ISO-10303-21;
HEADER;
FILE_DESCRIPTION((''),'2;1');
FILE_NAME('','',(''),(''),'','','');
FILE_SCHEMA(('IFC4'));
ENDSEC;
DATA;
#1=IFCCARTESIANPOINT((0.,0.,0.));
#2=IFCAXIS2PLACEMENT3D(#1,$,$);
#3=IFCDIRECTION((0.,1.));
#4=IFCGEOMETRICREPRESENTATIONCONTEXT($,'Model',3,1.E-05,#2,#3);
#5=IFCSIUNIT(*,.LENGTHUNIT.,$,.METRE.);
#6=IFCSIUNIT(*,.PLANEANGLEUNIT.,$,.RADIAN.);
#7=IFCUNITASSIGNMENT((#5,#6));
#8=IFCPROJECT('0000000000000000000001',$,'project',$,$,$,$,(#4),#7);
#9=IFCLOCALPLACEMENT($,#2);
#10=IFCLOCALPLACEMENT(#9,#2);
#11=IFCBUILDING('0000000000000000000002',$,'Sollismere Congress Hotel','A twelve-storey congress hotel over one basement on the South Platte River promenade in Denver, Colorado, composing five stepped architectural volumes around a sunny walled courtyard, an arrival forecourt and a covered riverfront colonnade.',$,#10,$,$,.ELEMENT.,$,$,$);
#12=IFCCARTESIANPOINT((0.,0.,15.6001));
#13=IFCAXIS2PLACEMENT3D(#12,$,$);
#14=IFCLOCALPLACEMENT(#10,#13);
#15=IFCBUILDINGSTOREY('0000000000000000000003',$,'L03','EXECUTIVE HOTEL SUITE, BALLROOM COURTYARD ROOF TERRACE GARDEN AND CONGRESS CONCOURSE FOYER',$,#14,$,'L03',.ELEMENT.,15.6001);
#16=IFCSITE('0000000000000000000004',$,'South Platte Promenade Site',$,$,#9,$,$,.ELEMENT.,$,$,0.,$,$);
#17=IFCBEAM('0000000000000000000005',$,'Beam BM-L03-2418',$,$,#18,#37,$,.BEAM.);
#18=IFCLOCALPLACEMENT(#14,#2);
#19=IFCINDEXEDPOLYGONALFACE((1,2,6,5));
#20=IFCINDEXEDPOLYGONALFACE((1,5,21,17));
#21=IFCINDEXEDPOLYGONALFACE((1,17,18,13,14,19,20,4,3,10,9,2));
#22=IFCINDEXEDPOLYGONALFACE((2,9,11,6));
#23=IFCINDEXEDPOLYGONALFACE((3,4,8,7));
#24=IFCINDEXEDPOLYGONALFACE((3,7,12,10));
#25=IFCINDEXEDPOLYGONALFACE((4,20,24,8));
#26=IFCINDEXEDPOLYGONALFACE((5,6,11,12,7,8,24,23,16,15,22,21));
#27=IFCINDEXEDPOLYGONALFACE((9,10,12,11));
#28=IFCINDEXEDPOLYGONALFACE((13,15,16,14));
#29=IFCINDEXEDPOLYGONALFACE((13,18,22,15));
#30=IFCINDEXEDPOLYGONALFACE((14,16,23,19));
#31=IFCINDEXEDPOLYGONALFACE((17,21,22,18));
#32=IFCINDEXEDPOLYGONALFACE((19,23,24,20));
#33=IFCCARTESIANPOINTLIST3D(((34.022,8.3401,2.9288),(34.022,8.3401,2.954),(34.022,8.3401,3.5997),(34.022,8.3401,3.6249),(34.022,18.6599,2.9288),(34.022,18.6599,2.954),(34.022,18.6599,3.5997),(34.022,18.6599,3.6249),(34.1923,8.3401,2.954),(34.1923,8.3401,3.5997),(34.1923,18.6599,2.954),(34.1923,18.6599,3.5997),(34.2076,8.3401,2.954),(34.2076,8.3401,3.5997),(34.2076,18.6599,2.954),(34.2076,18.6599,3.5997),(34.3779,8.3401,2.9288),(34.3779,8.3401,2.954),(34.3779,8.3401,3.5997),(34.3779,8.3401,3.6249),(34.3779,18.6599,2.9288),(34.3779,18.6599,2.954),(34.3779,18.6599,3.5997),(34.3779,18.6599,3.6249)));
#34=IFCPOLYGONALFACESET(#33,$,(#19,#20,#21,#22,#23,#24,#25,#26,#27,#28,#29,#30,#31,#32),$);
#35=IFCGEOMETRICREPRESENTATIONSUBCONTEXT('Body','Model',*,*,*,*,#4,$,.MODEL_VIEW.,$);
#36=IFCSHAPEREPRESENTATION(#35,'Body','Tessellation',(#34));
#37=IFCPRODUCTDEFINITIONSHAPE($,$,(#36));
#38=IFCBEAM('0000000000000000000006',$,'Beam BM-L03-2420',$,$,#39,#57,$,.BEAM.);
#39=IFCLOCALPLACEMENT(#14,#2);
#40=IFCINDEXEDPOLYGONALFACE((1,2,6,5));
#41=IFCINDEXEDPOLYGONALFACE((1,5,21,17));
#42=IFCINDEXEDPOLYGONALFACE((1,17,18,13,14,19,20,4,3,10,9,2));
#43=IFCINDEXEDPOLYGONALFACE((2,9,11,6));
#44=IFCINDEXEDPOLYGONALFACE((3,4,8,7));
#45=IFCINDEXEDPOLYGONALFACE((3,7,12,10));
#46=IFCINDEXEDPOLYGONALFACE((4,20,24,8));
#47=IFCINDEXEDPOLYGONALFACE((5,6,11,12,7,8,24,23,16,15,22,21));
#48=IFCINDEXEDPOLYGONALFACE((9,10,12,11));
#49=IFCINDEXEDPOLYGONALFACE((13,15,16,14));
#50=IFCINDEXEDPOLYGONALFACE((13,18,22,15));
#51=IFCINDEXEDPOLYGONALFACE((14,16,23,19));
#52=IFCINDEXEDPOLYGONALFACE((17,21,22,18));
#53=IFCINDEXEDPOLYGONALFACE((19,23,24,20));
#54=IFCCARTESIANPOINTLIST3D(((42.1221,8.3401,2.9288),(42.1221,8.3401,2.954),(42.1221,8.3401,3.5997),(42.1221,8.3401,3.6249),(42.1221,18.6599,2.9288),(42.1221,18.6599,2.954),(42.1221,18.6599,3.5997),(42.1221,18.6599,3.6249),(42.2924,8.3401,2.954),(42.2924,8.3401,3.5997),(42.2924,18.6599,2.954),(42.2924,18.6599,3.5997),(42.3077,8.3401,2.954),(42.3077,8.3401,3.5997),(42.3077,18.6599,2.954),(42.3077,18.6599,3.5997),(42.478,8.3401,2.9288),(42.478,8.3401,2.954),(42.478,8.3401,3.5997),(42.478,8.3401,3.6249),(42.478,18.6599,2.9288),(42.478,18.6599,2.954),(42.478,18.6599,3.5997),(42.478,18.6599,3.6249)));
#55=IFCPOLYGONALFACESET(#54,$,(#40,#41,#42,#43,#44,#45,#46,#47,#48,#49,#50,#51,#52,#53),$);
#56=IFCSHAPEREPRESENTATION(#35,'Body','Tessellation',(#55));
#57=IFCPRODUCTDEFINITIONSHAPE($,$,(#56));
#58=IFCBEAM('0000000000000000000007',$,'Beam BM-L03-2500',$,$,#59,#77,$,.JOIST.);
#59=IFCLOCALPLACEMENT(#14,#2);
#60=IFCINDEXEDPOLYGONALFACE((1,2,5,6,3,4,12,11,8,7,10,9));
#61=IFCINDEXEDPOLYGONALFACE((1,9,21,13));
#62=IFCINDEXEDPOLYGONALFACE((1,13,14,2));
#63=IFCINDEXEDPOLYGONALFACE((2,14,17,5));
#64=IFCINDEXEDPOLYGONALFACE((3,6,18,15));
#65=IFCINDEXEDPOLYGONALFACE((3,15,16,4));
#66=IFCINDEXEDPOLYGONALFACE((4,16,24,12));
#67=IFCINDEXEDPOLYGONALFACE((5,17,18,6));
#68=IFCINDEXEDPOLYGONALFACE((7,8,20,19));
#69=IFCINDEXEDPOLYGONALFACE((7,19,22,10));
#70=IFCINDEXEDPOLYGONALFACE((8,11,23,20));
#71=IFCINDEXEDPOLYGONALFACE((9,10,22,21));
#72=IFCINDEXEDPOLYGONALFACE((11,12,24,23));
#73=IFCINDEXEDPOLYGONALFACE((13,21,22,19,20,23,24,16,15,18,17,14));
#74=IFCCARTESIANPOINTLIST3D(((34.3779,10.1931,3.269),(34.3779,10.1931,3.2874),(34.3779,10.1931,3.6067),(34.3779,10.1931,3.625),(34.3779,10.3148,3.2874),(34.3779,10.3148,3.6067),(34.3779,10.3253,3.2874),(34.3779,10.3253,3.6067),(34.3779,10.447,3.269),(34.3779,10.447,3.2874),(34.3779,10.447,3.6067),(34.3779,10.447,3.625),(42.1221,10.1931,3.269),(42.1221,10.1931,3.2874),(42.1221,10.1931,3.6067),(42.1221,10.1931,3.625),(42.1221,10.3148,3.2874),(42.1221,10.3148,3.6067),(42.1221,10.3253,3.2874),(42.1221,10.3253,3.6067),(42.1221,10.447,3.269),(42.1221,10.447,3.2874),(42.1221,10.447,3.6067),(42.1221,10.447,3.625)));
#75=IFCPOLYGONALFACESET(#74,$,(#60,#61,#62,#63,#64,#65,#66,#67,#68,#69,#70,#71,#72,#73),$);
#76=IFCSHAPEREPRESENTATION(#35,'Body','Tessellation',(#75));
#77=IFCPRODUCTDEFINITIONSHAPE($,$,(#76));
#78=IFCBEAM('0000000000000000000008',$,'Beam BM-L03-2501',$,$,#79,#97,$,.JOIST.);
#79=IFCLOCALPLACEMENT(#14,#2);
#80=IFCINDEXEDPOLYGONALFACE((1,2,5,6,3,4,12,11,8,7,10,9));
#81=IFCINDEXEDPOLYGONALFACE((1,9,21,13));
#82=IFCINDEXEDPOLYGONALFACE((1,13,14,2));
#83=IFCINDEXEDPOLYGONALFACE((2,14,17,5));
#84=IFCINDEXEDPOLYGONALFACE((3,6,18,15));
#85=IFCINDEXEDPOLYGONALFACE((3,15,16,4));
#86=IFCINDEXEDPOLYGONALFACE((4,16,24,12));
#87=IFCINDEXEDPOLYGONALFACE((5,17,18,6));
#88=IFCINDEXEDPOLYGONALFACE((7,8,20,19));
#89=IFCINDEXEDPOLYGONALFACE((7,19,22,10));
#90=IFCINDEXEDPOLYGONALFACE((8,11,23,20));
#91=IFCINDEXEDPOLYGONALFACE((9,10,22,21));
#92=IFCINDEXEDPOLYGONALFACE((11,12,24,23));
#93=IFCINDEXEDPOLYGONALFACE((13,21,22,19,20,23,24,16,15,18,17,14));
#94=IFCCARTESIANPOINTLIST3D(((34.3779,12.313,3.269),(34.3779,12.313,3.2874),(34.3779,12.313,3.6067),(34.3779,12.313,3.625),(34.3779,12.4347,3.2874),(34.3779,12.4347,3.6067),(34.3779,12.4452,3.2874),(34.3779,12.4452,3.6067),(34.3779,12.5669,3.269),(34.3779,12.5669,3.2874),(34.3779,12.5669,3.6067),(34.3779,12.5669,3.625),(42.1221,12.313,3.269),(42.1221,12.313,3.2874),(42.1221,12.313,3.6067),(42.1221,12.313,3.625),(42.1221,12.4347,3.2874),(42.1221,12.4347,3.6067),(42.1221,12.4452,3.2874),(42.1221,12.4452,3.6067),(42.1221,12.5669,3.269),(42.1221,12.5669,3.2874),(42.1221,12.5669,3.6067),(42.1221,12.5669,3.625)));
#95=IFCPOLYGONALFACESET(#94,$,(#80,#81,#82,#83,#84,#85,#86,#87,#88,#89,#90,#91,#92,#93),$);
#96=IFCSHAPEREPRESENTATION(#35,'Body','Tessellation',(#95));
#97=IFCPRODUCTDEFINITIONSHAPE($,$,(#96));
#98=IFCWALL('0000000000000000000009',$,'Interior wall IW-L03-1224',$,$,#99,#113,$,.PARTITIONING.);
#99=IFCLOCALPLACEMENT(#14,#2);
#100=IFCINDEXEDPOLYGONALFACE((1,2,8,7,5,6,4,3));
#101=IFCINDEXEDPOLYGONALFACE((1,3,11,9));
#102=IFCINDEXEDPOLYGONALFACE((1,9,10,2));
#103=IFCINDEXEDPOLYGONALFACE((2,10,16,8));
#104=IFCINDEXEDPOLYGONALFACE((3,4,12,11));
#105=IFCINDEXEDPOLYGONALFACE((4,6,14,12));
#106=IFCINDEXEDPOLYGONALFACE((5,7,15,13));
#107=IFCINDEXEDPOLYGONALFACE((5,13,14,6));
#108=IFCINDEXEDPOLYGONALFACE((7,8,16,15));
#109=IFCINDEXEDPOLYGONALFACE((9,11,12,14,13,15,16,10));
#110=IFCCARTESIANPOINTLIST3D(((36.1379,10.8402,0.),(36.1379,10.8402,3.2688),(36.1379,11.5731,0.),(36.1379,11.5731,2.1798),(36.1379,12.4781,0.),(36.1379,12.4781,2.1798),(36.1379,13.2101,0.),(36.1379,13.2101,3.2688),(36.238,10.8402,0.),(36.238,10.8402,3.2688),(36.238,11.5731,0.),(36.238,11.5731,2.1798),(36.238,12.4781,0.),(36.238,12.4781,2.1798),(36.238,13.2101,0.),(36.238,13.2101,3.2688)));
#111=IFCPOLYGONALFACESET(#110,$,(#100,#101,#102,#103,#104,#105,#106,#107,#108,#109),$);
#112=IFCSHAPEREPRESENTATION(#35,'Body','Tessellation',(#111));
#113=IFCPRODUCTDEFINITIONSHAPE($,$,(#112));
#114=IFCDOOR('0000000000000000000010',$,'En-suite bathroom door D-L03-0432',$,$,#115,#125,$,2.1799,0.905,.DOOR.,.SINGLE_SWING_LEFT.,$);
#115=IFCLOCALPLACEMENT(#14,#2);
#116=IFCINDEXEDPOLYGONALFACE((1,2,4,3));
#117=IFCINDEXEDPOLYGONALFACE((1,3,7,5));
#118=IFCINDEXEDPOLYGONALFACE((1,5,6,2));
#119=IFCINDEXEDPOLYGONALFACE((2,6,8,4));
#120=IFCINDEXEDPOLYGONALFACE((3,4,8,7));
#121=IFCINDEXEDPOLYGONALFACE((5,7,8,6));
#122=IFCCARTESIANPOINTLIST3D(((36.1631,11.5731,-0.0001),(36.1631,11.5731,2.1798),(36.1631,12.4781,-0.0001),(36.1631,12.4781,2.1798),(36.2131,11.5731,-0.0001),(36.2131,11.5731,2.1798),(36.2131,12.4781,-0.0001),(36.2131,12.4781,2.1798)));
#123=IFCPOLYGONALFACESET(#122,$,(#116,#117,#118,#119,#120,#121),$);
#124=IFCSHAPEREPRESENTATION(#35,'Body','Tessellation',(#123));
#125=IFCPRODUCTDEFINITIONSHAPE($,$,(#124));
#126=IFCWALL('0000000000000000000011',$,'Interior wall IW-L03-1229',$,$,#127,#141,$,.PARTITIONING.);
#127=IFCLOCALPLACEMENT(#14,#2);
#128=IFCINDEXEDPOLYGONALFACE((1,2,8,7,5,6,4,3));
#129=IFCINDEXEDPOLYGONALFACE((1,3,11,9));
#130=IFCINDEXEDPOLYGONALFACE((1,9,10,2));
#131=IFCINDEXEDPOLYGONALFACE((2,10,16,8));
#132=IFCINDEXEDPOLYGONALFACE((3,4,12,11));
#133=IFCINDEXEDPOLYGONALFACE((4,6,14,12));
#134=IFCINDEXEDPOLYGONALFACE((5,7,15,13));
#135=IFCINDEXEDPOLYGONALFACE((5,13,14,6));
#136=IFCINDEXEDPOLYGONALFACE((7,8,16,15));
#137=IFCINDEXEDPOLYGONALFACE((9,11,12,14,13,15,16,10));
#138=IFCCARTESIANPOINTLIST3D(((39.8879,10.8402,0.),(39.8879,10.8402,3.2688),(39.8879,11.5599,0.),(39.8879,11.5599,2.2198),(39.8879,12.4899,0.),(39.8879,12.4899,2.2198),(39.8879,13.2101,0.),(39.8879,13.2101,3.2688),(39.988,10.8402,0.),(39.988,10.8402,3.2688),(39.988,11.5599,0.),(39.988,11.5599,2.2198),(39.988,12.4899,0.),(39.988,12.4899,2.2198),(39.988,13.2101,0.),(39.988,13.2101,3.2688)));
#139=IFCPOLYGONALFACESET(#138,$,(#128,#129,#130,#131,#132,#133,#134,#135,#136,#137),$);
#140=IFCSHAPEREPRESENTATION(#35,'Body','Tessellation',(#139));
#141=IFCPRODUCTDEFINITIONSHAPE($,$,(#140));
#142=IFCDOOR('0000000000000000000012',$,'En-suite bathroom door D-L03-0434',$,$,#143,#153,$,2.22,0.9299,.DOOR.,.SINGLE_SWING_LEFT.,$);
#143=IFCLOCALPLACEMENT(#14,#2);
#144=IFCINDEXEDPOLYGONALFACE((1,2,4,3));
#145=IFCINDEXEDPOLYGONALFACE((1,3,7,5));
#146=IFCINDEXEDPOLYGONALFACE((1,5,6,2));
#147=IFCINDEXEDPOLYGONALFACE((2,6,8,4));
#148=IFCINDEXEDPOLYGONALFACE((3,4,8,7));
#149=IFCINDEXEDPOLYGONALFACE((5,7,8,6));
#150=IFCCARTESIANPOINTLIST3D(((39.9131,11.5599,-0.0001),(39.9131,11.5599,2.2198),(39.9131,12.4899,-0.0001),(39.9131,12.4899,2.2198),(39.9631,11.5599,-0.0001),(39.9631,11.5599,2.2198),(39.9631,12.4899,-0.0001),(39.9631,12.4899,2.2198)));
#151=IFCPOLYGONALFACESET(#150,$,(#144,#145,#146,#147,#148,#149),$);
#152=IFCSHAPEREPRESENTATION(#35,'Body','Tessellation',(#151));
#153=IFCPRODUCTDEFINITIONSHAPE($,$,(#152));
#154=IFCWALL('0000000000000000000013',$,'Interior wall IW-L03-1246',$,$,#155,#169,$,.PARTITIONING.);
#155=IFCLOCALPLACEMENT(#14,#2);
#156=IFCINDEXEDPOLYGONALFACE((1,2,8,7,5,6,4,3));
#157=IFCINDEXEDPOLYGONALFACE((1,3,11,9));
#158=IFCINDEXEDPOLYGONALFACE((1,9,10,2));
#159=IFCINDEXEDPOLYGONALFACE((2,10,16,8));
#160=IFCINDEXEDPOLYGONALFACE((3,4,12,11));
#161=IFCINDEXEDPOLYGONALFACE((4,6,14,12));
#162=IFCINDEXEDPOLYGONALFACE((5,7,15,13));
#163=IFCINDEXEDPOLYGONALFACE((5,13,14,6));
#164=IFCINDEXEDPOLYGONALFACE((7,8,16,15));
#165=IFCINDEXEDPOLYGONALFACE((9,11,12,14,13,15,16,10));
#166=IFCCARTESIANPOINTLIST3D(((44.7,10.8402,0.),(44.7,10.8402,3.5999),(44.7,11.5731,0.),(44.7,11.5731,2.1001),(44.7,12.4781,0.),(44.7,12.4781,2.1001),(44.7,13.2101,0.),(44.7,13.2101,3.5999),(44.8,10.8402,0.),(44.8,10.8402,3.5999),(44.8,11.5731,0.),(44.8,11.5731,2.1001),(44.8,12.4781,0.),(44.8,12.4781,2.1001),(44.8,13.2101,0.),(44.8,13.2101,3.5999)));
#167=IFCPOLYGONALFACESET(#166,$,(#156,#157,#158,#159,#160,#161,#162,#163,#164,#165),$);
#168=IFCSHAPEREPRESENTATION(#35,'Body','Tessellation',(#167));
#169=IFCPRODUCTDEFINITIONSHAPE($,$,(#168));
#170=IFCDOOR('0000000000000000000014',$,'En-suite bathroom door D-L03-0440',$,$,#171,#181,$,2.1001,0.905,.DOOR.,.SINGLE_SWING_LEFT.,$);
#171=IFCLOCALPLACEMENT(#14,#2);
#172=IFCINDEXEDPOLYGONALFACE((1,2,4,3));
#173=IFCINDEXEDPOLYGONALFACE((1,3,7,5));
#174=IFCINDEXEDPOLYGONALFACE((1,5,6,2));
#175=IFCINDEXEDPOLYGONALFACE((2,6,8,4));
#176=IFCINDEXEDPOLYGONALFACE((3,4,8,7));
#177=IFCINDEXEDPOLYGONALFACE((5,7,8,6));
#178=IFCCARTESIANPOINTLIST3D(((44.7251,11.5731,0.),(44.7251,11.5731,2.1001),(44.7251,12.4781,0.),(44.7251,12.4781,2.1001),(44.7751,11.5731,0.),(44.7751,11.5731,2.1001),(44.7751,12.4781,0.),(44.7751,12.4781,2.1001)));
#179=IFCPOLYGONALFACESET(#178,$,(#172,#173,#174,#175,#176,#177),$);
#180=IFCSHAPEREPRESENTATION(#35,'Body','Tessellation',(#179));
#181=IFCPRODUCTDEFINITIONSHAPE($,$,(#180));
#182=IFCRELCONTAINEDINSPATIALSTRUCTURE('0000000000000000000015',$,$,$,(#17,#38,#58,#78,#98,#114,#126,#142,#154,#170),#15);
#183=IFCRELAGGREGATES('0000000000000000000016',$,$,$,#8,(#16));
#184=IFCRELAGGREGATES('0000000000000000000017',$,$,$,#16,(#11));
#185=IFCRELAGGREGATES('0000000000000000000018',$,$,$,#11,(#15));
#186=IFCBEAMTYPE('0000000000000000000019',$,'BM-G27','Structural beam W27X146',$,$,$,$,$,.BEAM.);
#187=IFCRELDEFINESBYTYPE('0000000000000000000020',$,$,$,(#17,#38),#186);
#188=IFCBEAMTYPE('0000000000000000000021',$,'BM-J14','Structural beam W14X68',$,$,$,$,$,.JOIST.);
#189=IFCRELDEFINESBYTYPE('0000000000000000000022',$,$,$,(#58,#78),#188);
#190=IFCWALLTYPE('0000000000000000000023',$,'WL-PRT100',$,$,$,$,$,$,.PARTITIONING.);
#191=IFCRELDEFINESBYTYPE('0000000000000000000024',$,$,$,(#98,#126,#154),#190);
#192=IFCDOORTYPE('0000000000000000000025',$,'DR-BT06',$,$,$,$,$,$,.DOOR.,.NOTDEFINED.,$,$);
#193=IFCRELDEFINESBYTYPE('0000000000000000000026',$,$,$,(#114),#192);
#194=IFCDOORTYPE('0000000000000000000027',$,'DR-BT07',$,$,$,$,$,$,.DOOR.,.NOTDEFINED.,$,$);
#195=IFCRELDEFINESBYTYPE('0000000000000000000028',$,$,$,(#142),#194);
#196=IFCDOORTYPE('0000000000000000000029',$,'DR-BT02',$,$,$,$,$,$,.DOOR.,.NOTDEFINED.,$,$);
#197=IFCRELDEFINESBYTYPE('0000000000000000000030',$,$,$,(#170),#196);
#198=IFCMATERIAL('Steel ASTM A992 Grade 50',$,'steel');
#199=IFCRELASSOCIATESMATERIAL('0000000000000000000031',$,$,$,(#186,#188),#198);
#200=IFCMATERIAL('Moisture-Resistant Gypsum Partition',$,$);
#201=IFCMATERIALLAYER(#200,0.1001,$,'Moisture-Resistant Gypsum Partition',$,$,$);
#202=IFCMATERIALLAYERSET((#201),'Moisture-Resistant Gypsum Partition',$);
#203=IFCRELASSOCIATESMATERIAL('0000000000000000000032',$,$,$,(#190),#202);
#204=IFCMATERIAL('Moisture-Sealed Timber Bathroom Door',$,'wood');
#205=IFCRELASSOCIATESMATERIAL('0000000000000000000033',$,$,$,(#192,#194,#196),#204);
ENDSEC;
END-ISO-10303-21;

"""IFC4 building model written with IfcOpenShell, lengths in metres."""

from ifc_helpers import new_model, si_unit, direction, frame, frame_2d, origin, origin_2d, place, context, subcontext, project, spatial, rectangle, i_section, extrude, material, layer, layer_set, material_profile, profile_set, type_object, element, fill, save


model = new_model("IFC4")

# Units and contexts
model_context = context("Model", 3, precision=1e-05, world=origin(), true_north=direction((0.0, 1.0)))
body_context = subcontext(model_context, "Body", "Model", "MODEL_VIEW")
ifc_project = project(units=[si_unit("LENGTHUNIT", "METRE"), si_unit("PLANEANGLEUNIT", "RADIAN")], contexts=[model_context])

# Site, building, storey
site_placement = place(None, origin())
site = spatial("IfcSite", under=ifc_project, at=site_placement, Name="South Platte Promenade Site", CompositionType="ELEMENT", RefElevation=0.0)
building_placement = place(site_placement, origin())
building = spatial("IfcBuilding", under=site, at=building_placement, Name="Sollismere Congress Hotel", Description="A twelve-storey congress hotel over one basement on the South Platte River promenade in Denver, Colorado, composing five stepped architectural volumes around a sunny walled courtyard, an arrival forecourt and a covered riverfront colonnade.", CompositionType="ELEMENT")
storey_placement = place(building_placement, frame((0.0, 0.0, 15.6001)))
storey = spatial("IfcBuildingStorey", under=building, at=storey_placement, Name="L03", Description="EXECUTIVE HOTEL SUITE, BALLROOM COURTYARD ROOF TERRACE GARDEN AND CONGRESS CONCOURSE FOYER", LongName="L03", CompositionType="ELEMENT", Elevation=15.6001)

# Beams
ifc_material_1 = material(Name="Steel ASTM A992 Grade 50", Category="steel")
ifc_material_profile_1 = material_profile(ifc_material_1, i_section(OverallWidth=0.356, OverallDepth=0.696, WebThickness=0.0154, FlangeThickness=0.0251, at=origin_2d()), Name="W27X146")
ifc_profile_set_1 = profile_set([ifc_material_profile_1], Name="Steel ASTM A992 Grade 50")
beam_type_1 = type_object("IfcBeamType", Name="BM-G27", Description="Structural beam W27X146", PredefinedType="BEAM", material=ifc_profile_set_1)
for number, where, z_axis, x_axis, name in (
    (1, (34.2, 8.3401, 3.2769), (0.0, 1.0, 0.0), (-1.0, 0.0, 0.0), "Beam BM-L03-2418"),
    (2, (42.3, 8.3401, 3.2769), (0.0, 1.0, 0.0), (-1.0, 0.0, 0.0), "Beam BM-L03-2420"),
):
    element("IfcBeam", number, at=place(storey_placement, frame(where, z_axis=z_axis, x_axis=x_axis)), inside=storey, type_object=beam_type_1, Name=name, PredefinedType="BEAM", context=body_context, shape_type="SweptSolid", body=[
        extrude(i_section(OverallWidth=0.356, OverallDepth=0.696, WebThickness=0.0154, FlangeThickness=0.0251, at=origin_2d()), origin(), (0.0, 0.0, 1.0), 10.3198),
    ])
ifc_material_profile_2 = material_profile(ifc_material_1, i_section(OverallWidth=0.2539, OverallDepth=0.356, WebThickness=0.0105, FlangeThickness=0.0183, at=origin_2d()), Name="W14X68")
ifc_profile_set_2 = profile_set([ifc_material_profile_2], Name="Steel ASTM A992 Grade 50")
beam_type_2 = type_object("IfcBeamType", Name="BM-J14", Description="Structural beam W14X68", PredefinedType="JOIST", material=ifc_profile_set_2)
for number, where, z_axis, x_axis, name in (
    (3, (34.3779, 10.3201, 3.447), (1.0, 0.0, 0.0), (0.0, 1.0, 0.0), "Beam BM-L03-2500"),
    (4, (34.3779, 12.4399, 3.447), (1.0, 0.0, 0.0), (0.0, 1.0, 0.0), "Beam BM-L03-2501"),
):
    element("IfcBeam", number, at=place(storey_placement, frame(where, z_axis=z_axis, x_axis=x_axis)), inside=storey, type_object=beam_type_2, Name=name, PredefinedType="JOIST", context=body_context, shape_type="SweptSolid", body=[
        extrude(i_section(OverallWidth=0.2539, OverallDepth=0.356, WebThickness=0.0105, FlangeThickness=0.0183, at=origin_2d()), origin(), (0.0, 0.0, 1.0), 7.7441),
    ])

# Walls, openings, doors
ifc_material_2 = material(Name="Moisture-Resistant Gypsum Partition")
ifc_layer_1 = layer(ifc_material_2, 0.1001, Name="Moisture-Resistant Gypsum Partition")
ifc_layer_set_1 = layer_set([ifc_layer_1], Name="Moisture-Resistant Gypsum Partition")
wall_type_1 = type_object("IfcWallType", Name="WL-PRT100", PredefinedType="PARTITIONING", material=ifc_layer_set_1)
wall_1_placement = place(storey_placement, frame((36.188, 10.8401, 0.0), z_axis=(0.0, 0.0, 1.0), x_axis=(0.0, 1.0, 0.0)))
wall_1 = element("IfcWall", 5, at=wall_1_placement, inside=storey, type_object=wall_type_1, Name="Interior wall IW-L03-1224", PredefinedType="PARTITIONING", context=body_context, shape_type="SweptSolid", body=[
    extrude(rectangle(XDim=2.3699, YDim=0.1001, at=frame_2d((1.1851, 0.0))), origin(), (0.0, 0.0, 1.0), 3.2688),
])
opening_1_placement = place(wall_1_placement, frame((0.7329, 0.0, 0.0)))
opening_1 = element("IfcOpeningElement", 6, at=opening_1_placement, cuts=wall_1, PredefinedType="OPENING", context=body_context, shape_type="SweptSolid", body=[
    extrude(rectangle(XDim=0.905, YDim=2.1799, at=frame_2d((0.4526, 1.0898))), frame((0.0, 0.0601, 0.0), z_axis=(0.0, -1.0, 0.0), x_axis=(1.0, 0.0, 0.0)), (0.0, 0.0, 1.0), 0.1201),
])
ifc_material_3 = material(Name="Moisture-Sealed Timber Bathroom Door", Category="wood")
door_type_1 = type_object("IfcDoorType", Name="DR-BT06", OperationType="NOTDEFINED", PredefinedType="DOOR", material=ifc_material_3)
door_1_placement = place(opening_1_placement, origin())
door_1 = element("IfcDoor", 7, at=door_1_placement, inside=storey, type_object=door_type_1, Name="En-suite bathroom door D-L03-0432", OperationType="SINGLE_SWING_LEFT", OverallHeight=2.1799, OverallWidth=0.905, PredefinedType="DOOR", context=body_context, shape_type="SweptSolid", body=[
    extrude(rectangle(XDim=0.905, YDim=2.1799, at=frame_2d((0.4526, 1.0898))), frame((0.0, 0.0249, 0.0), z_axis=(0.0, -1.0, 0.0), x_axis=(1.0, 0.0, 0.0)), (0.0, 0.0, 1.0), 0.05),
])
fill(opening_1, door_1)
wall_2_placement = place(storey_placement, frame((39.938, 10.8401, 0.0), z_axis=(0.0, 0.0, 1.0), x_axis=(0.0, 1.0, 0.0)))
wall_2 = element("IfcWall", 8, at=wall_2_placement, inside=storey, type_object=wall_type_1, Name="Interior wall IW-L03-1229", PredefinedType="PARTITIONING", context=body_context, shape_type="SweptSolid", body=[
    extrude(rectangle(XDim=2.3699, YDim=0.1001, at=frame_2d((1.1851, 0.0))), origin(), (0.0, 0.0, 1.0), 3.2688),
])
opening_2_placement = place(wall_2_placement, frame((0.72, 0.0, 0.0)))
opening_2 = element("IfcOpeningElement", 9, at=opening_2_placement, cuts=wall_2, PredefinedType="OPENING", context=body_context, shape_type="SweptSolid", body=[
    extrude(rectangle(XDim=0.9299, YDim=2.22, at=frame_2d((0.4648, 1.1099))), frame((0.0, 0.0601, 0.0), z_axis=(0.0, -1.0, 0.0), x_axis=(1.0, 0.0, 0.0)), (0.0, 0.0, 1.0), 0.1201),
])
door_type_2 = type_object("IfcDoorType", Name="DR-BT07", OperationType="NOTDEFINED", PredefinedType="DOOR", material=ifc_material_3)
door_2_placement = place(opening_2_placement, origin())
door_2 = element("IfcDoor", 10, at=door_2_placement, inside=storey, type_object=door_type_2, Name="En-suite bathroom door D-L03-0434", OperationType="SINGLE_SWING_LEFT", OverallHeight=2.22, OverallWidth=0.9299, PredefinedType="DOOR", context=body_context, shape_type="SweptSolid", body=[
    extrude(rectangle(XDim=0.9299, YDim=2.22, at=frame_2d((0.4648, 1.1099))), frame((0.0, 0.0249, 0.0), z_axis=(0.0, -1.0, 0.0), x_axis=(1.0, 0.0, 0.0)), (0.0, 0.0, 1.0), 0.05),
])
fill(opening_2, door_2)
wall_3_placement = place(storey_placement, frame((44.75, 10.8401, 0.0), z_axis=(0.0, 0.0, 1.0), x_axis=(0.0, 1.0, 0.0)))
wall_3 = element("IfcWall", 11, at=wall_3_placement, inside=storey, type_object=wall_type_1, Name="Interior wall IW-L03-1246", PredefinedType="PARTITIONING", context=body_context, shape_type="SweptSolid", body=[
    extrude(rectangle(XDim=2.3699, YDim=0.1001, at=frame_2d((1.1851, 0.0))), origin(), (0.0, 0.0, 1.0), 3.5999),
])
opening_3_placement = place(wall_3_placement, frame((0.7329, 0.0, 0.0)))
opening_3 = element("IfcOpeningElement", 12, at=opening_3_placement, cuts=wall_3, PredefinedType="OPENING", context=body_context, shape_type="SweptSolid", body=[
    extrude(rectangle(XDim=0.905, YDim=2.1001, at=frame_2d((0.4526, 1.05))), frame((0.0, 0.0601, 0.0), z_axis=(0.0, -1.0, 0.0), x_axis=(1.0, 0.0, 0.0)), (0.0, 0.0, 1.0), 0.1201),
])
door_type_3 = type_object("IfcDoorType", Name="DR-BT02", OperationType="NOTDEFINED", PredefinedType="DOOR", material=ifc_material_3)
door_3_placement = place(opening_3_placement, origin())
door_3 = element("IfcDoor", 13, at=door_3_placement, inside=storey, type_object=door_type_3, Name="En-suite bathroom door D-L03-0440", OperationType="SINGLE_SWING_LEFT", OverallHeight=2.1001, OverallWidth=0.905, PredefinedType="DOOR", context=body_context, shape_type="SweptSolid", body=[
    extrude(rectangle(XDim=0.905, YDim=2.1001, at=frame_2d((0.4526, 1.05))), frame((0.0, 0.0249, 0.0), z_axis=(0.0, -1.0, 0.0), x_axis=(1.0, 0.0, 0.0)), (0.0, 0.0, 1.0), 0.05),
])
fill(opening_3, door_3)

save(model, "model.ifc")
